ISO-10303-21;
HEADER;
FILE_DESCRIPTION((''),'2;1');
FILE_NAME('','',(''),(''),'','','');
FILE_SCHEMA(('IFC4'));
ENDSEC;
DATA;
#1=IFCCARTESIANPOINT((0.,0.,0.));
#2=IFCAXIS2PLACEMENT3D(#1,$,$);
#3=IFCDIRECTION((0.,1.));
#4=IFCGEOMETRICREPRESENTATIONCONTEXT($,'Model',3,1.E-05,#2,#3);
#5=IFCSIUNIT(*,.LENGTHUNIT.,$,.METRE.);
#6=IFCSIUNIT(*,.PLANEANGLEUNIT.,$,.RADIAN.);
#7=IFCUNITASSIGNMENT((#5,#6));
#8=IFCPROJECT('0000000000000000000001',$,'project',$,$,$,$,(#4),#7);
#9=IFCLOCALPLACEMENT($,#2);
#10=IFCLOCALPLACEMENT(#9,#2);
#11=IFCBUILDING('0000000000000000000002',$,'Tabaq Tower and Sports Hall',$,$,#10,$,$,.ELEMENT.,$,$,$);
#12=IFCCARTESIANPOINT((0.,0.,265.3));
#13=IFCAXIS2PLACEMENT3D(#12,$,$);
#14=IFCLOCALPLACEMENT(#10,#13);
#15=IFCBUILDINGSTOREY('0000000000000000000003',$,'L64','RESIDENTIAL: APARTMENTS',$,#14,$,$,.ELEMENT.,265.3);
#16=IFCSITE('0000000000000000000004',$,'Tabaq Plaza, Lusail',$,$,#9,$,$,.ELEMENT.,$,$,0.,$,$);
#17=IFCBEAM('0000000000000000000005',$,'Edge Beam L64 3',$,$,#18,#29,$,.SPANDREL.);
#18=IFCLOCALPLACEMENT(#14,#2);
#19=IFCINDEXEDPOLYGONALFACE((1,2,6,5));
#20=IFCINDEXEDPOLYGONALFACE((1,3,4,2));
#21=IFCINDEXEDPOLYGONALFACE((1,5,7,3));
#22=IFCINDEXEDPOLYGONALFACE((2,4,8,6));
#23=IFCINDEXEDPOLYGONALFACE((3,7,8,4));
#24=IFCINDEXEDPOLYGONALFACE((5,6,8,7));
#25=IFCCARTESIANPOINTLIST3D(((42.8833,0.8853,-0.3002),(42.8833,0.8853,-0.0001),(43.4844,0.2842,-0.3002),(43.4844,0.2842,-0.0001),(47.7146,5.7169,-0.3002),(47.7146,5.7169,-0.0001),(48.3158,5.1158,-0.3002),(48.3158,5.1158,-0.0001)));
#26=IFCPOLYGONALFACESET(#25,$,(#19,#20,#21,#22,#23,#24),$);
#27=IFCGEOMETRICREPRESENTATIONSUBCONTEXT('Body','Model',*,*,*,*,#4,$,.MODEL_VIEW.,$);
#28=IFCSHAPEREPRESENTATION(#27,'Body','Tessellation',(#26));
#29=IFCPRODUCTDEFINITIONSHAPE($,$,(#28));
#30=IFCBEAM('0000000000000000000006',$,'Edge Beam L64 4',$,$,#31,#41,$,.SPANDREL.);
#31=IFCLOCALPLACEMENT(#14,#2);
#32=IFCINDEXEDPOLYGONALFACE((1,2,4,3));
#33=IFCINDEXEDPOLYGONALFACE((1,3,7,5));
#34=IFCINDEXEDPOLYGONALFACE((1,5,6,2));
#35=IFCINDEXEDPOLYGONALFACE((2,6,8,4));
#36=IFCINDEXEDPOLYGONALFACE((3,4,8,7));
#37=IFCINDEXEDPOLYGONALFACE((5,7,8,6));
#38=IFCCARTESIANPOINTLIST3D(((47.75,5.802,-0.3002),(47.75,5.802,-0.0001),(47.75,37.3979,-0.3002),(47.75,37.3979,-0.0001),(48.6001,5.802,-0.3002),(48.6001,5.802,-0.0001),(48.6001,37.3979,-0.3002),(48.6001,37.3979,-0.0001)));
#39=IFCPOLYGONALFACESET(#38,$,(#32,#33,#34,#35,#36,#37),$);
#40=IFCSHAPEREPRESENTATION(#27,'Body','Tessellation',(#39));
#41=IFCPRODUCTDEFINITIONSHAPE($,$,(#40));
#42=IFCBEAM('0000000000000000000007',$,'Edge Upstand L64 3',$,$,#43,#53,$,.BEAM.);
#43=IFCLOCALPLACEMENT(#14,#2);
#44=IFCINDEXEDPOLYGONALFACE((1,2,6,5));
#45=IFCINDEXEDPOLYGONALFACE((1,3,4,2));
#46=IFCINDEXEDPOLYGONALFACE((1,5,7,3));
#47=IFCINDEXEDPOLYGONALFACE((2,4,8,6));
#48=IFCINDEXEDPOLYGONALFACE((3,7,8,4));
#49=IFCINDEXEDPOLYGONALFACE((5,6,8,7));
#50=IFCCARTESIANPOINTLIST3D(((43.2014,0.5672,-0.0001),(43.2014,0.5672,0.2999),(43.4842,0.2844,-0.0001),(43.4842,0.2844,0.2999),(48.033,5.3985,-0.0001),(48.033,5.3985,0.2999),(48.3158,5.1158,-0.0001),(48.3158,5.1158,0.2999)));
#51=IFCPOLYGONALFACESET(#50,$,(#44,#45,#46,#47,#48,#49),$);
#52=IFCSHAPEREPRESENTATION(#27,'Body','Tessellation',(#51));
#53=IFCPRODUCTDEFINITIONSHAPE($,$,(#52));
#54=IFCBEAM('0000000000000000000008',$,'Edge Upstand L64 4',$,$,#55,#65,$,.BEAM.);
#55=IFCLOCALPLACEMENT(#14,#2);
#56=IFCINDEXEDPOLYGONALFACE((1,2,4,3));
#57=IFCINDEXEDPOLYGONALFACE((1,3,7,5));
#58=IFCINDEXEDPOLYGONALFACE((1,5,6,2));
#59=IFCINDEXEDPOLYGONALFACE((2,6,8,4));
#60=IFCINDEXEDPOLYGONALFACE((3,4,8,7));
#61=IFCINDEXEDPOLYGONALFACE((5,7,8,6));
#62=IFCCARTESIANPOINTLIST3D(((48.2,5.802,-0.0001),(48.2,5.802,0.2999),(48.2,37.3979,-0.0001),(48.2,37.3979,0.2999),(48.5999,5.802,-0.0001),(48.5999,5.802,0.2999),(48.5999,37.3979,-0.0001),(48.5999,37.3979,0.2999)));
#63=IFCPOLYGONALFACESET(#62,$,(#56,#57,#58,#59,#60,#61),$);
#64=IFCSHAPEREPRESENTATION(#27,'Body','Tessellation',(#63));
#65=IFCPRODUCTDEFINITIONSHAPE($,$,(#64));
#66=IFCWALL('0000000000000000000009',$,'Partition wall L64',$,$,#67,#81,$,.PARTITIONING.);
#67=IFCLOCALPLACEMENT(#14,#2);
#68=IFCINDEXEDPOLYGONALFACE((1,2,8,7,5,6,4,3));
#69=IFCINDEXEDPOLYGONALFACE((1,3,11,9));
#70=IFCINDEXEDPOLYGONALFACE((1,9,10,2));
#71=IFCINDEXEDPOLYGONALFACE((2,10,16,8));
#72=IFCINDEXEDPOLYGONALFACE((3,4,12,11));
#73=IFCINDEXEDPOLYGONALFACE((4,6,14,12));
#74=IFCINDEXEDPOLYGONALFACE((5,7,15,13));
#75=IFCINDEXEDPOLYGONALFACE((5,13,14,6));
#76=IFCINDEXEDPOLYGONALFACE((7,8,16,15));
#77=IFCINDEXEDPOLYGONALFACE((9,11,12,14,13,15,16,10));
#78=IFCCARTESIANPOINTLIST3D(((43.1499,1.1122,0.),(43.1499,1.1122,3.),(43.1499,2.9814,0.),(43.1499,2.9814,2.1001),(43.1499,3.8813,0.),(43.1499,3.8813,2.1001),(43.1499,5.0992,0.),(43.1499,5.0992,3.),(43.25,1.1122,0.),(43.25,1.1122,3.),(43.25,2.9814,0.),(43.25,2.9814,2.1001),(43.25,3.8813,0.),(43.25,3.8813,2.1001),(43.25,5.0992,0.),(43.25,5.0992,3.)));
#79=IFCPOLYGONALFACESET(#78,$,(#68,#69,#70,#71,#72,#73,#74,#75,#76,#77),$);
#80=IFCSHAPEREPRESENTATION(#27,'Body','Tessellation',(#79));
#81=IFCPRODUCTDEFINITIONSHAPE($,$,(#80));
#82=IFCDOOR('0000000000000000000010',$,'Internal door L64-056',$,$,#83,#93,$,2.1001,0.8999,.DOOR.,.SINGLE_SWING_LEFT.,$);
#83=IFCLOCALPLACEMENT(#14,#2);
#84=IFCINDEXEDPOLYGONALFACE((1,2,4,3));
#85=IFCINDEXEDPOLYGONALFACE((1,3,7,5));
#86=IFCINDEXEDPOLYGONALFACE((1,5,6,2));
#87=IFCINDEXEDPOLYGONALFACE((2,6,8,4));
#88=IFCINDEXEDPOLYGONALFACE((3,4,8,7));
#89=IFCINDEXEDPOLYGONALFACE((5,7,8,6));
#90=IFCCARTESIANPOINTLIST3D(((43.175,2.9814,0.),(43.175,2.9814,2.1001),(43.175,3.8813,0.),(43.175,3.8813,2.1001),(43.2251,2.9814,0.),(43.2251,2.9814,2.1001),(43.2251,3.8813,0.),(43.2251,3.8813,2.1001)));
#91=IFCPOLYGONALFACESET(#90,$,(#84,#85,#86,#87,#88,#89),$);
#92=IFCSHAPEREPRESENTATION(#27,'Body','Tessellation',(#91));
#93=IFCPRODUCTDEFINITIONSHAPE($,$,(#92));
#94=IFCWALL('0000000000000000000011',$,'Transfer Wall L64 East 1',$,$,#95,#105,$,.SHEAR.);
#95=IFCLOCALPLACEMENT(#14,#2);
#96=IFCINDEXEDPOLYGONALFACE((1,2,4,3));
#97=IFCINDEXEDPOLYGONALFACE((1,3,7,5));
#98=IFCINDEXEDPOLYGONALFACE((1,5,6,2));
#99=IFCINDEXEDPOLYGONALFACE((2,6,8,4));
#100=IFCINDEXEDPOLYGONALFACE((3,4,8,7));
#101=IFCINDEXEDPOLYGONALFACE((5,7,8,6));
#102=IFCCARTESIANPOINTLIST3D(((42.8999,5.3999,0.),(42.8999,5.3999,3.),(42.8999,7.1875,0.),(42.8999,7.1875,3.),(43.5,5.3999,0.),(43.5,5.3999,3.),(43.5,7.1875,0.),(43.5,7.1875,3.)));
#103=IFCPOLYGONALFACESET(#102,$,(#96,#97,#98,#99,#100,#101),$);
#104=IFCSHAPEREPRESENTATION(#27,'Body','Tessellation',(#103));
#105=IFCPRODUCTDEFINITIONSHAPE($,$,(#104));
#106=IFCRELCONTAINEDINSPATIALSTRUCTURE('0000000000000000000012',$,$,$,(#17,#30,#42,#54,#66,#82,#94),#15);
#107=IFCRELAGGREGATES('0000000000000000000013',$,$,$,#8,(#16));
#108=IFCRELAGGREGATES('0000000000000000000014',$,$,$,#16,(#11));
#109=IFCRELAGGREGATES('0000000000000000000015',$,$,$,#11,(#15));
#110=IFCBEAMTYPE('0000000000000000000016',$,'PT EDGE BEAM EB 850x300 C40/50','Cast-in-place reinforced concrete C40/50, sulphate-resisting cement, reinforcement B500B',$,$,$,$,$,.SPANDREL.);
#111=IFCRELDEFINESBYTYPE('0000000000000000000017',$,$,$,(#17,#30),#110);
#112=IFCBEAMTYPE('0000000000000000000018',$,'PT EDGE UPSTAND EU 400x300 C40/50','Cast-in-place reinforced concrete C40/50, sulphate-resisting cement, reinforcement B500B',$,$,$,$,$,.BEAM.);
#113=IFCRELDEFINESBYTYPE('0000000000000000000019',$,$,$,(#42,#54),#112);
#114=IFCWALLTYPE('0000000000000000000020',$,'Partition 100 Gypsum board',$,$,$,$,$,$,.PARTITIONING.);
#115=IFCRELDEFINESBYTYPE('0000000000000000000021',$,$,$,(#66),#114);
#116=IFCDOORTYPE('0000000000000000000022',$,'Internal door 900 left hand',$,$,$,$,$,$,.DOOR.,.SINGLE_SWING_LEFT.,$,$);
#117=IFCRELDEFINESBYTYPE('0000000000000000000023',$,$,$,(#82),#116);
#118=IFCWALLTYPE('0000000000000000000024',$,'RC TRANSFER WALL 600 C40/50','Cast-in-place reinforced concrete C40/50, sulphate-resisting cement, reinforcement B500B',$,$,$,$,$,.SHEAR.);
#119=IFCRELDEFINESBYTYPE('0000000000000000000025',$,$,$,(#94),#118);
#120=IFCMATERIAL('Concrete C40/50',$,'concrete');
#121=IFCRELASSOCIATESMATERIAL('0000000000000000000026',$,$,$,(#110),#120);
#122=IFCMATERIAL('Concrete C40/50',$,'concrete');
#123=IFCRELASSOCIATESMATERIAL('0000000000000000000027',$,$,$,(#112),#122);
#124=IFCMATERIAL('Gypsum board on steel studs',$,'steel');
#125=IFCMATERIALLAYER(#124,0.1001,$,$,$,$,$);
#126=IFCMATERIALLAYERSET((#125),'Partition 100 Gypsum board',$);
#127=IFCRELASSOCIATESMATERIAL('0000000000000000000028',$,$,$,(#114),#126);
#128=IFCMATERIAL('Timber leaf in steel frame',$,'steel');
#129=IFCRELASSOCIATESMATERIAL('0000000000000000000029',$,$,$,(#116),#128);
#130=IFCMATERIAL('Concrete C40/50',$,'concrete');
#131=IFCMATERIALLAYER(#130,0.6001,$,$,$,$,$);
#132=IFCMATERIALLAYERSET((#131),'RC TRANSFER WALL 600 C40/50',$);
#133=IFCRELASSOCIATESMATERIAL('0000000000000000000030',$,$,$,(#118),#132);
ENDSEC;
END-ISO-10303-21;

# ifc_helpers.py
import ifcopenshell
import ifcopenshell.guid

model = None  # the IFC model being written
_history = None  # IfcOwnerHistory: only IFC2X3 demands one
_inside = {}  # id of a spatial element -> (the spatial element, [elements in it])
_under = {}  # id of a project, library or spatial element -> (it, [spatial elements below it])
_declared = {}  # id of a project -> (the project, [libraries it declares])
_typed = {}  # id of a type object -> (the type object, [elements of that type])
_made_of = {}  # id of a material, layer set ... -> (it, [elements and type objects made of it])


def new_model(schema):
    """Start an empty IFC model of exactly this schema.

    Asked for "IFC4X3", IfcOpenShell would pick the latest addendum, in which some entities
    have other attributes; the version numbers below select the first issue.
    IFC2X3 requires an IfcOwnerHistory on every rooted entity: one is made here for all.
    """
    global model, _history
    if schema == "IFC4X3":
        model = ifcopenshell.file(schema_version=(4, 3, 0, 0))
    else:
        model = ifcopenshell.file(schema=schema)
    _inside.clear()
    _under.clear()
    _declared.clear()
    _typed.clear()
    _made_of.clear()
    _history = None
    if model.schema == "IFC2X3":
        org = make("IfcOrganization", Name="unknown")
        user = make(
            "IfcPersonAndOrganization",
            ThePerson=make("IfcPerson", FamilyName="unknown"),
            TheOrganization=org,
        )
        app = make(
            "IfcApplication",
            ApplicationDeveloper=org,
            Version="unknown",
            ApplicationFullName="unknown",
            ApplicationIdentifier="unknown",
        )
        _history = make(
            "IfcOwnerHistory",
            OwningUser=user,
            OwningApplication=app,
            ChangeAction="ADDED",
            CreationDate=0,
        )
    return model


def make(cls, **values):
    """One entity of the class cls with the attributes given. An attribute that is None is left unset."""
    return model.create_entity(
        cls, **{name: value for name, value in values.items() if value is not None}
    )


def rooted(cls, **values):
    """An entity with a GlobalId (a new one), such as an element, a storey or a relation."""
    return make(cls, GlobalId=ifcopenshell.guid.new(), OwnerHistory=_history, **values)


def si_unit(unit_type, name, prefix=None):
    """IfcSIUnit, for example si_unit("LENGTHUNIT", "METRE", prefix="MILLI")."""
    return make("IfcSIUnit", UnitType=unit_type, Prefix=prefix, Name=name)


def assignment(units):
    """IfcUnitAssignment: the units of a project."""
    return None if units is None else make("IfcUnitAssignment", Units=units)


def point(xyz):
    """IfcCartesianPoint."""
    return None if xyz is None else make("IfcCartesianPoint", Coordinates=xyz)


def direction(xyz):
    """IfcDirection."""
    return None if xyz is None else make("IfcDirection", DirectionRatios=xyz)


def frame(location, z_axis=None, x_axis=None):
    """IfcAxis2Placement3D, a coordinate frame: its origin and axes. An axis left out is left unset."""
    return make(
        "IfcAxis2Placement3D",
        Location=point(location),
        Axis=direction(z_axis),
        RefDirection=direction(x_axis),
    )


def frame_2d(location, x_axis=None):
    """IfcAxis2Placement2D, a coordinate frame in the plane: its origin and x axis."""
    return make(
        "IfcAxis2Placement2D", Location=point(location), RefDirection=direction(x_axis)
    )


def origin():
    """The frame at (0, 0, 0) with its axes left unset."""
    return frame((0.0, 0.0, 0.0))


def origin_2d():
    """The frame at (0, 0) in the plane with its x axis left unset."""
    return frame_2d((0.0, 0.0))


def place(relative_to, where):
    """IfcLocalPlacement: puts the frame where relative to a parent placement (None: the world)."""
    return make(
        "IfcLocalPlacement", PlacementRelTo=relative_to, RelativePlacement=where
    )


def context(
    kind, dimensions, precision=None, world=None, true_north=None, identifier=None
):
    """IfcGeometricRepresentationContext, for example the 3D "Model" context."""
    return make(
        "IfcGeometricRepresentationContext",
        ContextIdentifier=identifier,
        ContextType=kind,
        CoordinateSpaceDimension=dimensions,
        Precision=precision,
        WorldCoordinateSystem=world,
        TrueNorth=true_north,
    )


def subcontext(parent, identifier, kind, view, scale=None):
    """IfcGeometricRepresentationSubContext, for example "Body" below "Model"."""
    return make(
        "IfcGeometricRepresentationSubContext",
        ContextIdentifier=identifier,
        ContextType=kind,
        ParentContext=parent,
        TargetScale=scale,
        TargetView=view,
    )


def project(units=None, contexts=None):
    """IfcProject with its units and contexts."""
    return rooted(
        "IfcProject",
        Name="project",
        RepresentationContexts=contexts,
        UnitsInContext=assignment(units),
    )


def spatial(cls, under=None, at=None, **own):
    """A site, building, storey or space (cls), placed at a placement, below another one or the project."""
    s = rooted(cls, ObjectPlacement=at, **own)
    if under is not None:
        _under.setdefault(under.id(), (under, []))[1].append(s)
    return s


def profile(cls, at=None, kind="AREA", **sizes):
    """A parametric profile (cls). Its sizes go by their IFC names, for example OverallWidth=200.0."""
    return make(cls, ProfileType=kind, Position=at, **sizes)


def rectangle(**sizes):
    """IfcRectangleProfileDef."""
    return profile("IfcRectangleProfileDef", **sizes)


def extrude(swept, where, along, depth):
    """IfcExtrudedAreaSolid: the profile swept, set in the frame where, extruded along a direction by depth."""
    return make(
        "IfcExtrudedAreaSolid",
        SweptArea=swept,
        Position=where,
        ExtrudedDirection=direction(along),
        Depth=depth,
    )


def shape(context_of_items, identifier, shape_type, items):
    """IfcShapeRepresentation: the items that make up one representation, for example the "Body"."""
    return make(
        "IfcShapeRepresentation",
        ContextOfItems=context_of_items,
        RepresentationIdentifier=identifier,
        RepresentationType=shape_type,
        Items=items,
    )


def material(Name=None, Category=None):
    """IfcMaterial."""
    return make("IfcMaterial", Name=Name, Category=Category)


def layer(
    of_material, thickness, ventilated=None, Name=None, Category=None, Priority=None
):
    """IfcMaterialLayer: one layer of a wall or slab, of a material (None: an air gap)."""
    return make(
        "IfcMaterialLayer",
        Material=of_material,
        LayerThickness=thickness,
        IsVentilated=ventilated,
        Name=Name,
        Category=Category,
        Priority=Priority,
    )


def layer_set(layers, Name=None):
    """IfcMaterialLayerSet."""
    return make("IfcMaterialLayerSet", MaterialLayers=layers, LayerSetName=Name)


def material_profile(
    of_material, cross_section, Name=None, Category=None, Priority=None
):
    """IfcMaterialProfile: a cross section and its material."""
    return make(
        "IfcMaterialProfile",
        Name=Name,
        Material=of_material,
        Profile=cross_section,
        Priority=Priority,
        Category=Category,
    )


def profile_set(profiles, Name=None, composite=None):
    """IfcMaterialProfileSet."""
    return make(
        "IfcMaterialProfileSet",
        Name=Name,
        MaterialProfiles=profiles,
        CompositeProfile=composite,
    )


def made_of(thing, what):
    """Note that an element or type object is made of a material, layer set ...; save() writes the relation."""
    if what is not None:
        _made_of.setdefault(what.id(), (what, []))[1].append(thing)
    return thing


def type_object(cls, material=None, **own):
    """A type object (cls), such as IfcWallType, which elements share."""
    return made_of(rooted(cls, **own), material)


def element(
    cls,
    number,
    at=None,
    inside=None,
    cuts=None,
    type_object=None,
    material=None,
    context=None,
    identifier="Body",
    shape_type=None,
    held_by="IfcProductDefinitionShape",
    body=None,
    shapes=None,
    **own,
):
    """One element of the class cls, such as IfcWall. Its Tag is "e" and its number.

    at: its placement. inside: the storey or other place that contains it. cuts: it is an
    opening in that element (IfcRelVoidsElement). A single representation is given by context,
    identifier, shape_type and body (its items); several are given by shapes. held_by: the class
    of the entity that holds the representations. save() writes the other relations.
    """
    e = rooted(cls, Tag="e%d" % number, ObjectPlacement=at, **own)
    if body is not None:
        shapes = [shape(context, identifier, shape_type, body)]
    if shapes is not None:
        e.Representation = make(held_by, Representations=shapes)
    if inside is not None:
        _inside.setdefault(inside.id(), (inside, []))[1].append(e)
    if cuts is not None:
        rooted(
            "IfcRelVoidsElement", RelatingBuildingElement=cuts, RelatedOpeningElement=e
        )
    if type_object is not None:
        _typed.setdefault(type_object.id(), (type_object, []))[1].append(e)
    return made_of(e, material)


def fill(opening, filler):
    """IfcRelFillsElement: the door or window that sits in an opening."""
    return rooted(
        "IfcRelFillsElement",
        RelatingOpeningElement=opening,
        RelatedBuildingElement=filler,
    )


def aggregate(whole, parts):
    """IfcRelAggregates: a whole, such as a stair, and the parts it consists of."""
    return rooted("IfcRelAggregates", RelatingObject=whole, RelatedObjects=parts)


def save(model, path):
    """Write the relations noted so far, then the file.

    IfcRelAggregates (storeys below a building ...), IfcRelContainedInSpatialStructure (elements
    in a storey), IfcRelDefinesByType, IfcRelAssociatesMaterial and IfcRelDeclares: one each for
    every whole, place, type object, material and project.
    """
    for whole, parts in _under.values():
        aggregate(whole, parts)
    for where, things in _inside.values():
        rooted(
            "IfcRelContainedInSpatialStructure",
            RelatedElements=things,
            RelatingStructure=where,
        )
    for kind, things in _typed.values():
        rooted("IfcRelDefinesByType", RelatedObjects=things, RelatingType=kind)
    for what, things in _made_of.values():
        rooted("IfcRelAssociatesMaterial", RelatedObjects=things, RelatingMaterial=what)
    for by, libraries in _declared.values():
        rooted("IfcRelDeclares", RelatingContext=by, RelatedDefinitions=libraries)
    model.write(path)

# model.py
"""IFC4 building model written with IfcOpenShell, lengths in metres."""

from ifc_helpers import new_model, si_unit, direction, frame, frame_2d, origin, origin_2d, place, context, subcontext, project, spatial, rectangle, extrude, material, layer, layer_set, material_profile, profile_set, type_object, element, fill, save


model = new_model("IFC4")

# Units and contexts
model_context = context("Model", 3, precision=1e-05, world=origin(), true_north=direction((0.0, 1.0)))
body_context = subcontext(model_context, "Body", "Model", "MODEL_VIEW")
ifc_project = project(units=[si_unit("LENGTHUNIT", "METRE"), si_unit("PLANEANGLEUNIT", "RADIAN")], contexts=[model_context])

# Site, building, storey
site_placement = place(None, origin())
site = spatial("IfcSite", under=ifc_project, at=site_placement, Name="Tabaq Plaza, Lusail", CompositionType="ELEMENT", RefElevation=0.0)
building_placement = place(site_placement, origin())
building = spatial("IfcBuilding", under=site, at=building_placement, Name="Tabaq Tower and Sports Hall", CompositionType="ELEMENT")
storey_placement = place(building_placement, frame((0.0, 0.0, 265.3)))
storey = spatial("IfcBuildingStorey", under=building, at=storey_placement, Name="L64", Description="RESIDENTIAL: APARTMENTS", CompositionType="ELEMENT", Elevation=265.3)

# Beams
ifc_material_1 = material(Name="Concrete C40/50", Category="concrete")
ifc_material_profile_1 = material_profile(ifc_material_1, rectangle(XDim=0.8501, YDim=0.3, at=origin_2d()), Name="EB 850x300")
ifc_profile_set_1 = profile_set([ifc_material_profile_1], Name="Concrete C40/50")
beam_type_1 = type_object("IfcBeamType", Name="PT EDGE BEAM EB 850x300 C40/50", Description="Cast-in-place reinforced concrete C40/50, sulphate-resisting cement, reinforcement B500B", PredefinedType="SPANDREL", material=ifc_profile_set_1)
beam_1_placement = place(storey_placement, frame((43.1838, 0.5847, -0.1501), z_axis=(0.707089, 0.707125, 0.0), x_axis=(-0.707125, 0.707089, 0.0)))
element("IfcBeam", 1, at=beam_1_placement, inside=storey, type_object=beam_type_1, Name="Edge Beam L64 3", PredefinedType="SPANDREL", context=body_context, shape_type="SweptSolid", body=[
    extrude(rectangle(XDim=0.8501, YDim=0.3, at=origin_2d()), origin(), (0.0, 0.0, 1.0), 6.8328),
])
beam_2_placement = place(storey_placement, frame((48.175, 5.802, -0.1501), z_axis=(0.0, 1.0, 0.0), x_axis=(-1.0, 0.0, 0.0)))
element("IfcBeam", 2, at=beam_2_placement, inside=storey, type_object=beam_type_1, Name="Edge Beam L64 4", PredefinedType="SPANDREL", context=body_context, shape_type="SweptSolid", body=[
    extrude(rectangle(XDim=0.8501, YDim=0.3, at=origin_2d()), origin(), (0.0, 0.0, 1.0), 31.5959),
])
ifc_material_2 = material(Name="Concrete C40/50", Category="concrete")
ifc_material_profile_2 = material_profile(ifc_material_2, rectangle(XDim=0.3999, YDim=0.3, at=origin_2d()), Name="EU 400x300")
ifc_profile_set_2 = profile_set([ifc_material_profile_2], Name="Concrete C40/50")
beam_type_2 = type_object("IfcBeamType", Name="PT EDGE UPSTAND EU 400x300 C40/50", Description="Cast-in-place reinforced concrete C40/50, sulphate-resisting cement, reinforcement B500B", PredefinedType="BEAM", material=ifc_profile_set_2)
beam_3_placement = place(storey_placement, frame((43.3428, 0.4258, 0.1499), z_axis=(0.707125, 0.707089, 0.0), x_axis=(-0.707089, 0.707125, 0.0)))
element("IfcBeam", 3, at=beam_3_placement, inside=storey, type_object=beam_type_2, Name="Edge Upstand L64 3", PredefinedType="BEAM", context=body_context, shape_type="SweptSolid", body=[
    extrude(rectangle(XDim=0.3999, YDim=0.3, at=origin_2d()), origin(), (0.0, 0.0, 1.0), 6.8328),
])
beam_4_placement = place(storey_placement, frame((48.3999, 5.802, 0.1499), z_axis=(0.0, 1.0, 0.0), x_axis=(-1.0, 0.0, 0.0)))
element("IfcBeam", 4, at=beam_4_placement, inside=storey, type_object=beam_type_2, Name="Edge Upstand L64 4", PredefinedType="BEAM", context=body_context, shape_type="SweptSolid", body=[
    extrude(rectangle(XDim=0.3999, YDim=0.3, at=origin_2d()), origin(), (0.0, 0.0, 1.0), 31.5959),
])

# Wall, opening, door
ifc_material_3 = material(Name="Gypsum board on steel studs", Category="steel")
ifc_layer_1 = layer(ifc_material_3, 0.1001)
ifc_layer_set_1 = layer_set([ifc_layer_1], Name="Partition 100 Gypsum board")
wall_type_1 = type_object("IfcWallType", Name="Partition 100 Gypsum board", PredefinedType="PARTITIONING", material=ifc_layer_set_1)
wall_1_placement = place(storey_placement, frame((43.2, 1.1121, 0.0), z_axis=(0.0, 0.0, 1.0), x_axis=(0.0, 1.0, 0.0)))
wall_1 = element("IfcWall", 5, at=wall_1_placement, inside=storey, type_object=wall_type_1, Name="Partition wall L64", PredefinedType="PARTITIONING", context=body_context, shape_type="SweptSolid", body=[
    extrude(rectangle(XDim=3.9871, YDim=0.1001, at=frame_2d((1.9937, 0.0))), origin(), (0.0, 0.0, 1.0), 3.0),
])
opening_1_placement = place(wall_1_placement, frame((1.8694, 0.0, 0.0)))
opening_1 = element("IfcOpeningElement", 6, at=opening_1_placement, cuts=wall_1, PredefinedType="OPENING", context=body_context, shape_type="SweptSolid", body=[
    extrude(rectangle(XDim=0.8999, YDim=2.1001, at=frame_2d((0.45, 1.05))), frame((0.0, 0.05, 0.0), z_axis=(0.0, -1.0, 0.0), x_axis=(1.0, 0.0, 0.0)), (0.0, 0.0, 1.0), 0.1001),
])
ifc_material_4 = material(Name="Timber leaf in steel frame", Category="steel")
door_type = type_object("IfcDoorType", Name="Internal door 900 left hand", OperationType="SINGLE_SWING_LEFT", PredefinedType="DOOR", material=ifc_material_4)
door_placement = place(opening_1_placement, origin())
door = element("IfcDoor", 7, at=door_placement, inside=storey, type_object=door_type, Name="Internal door L64-056", OperationType="SINGLE_SWING_LEFT", OverallHeight=2.1001, OverallWidth=0.8999, PredefinedType="DOOR", context=body_context, shape_type="SweptSolid", body=[
    extrude(rectangle(XDim=0.8999, YDim=2.1001, at=frame_2d((0.45, 1.05))), frame((0.0, 0.0249, 0.0), z_axis=(0.0, -1.0, 0.0), x_axis=(1.0, 0.0, 0.0)), (0.0, 0.0, 1.0), 0.05),
])
fill(opening_1, door)

# Wall
ifc_material_5 = material(Name="Concrete C40/50", Category="concrete")
ifc_layer_2 = layer(ifc_material_5, 0.6001)
ifc_layer_set_2 = layer_set([ifc_layer_2], Name="RC TRANSFER WALL 600 C40/50")
wall_type_2 = type_object("IfcWallType", Name="RC TRANSFER WALL 600 C40/50", Description="Cast-in-place reinforced concrete C40/50, sulphate-resisting cement, reinforcement B500B", PredefinedType="SHEAR", material=ifc_layer_set_2)
wall_2_placement = place(storey_placement, frame((43.2, 5.3999, 0.0), z_axis=(0.0, 0.0, 1.0), x_axis=(0.0, 1.0, 0.0)))
element("IfcWall", 8, at=wall_2_placement, inside=storey, type_object=wall_type_2, Name="Transfer Wall L64 East 1", PredefinedType="SHEAR", context=body_context, shape_type="SweptSolid", body=[
    extrude(rectangle(XDim=1.7876, YDim=0.6001, at=frame_2d((0.8938, 0.0))), origin(), (0.0, 0.0, 1.0), 3.0),
])

save(model, "model.ifc")
